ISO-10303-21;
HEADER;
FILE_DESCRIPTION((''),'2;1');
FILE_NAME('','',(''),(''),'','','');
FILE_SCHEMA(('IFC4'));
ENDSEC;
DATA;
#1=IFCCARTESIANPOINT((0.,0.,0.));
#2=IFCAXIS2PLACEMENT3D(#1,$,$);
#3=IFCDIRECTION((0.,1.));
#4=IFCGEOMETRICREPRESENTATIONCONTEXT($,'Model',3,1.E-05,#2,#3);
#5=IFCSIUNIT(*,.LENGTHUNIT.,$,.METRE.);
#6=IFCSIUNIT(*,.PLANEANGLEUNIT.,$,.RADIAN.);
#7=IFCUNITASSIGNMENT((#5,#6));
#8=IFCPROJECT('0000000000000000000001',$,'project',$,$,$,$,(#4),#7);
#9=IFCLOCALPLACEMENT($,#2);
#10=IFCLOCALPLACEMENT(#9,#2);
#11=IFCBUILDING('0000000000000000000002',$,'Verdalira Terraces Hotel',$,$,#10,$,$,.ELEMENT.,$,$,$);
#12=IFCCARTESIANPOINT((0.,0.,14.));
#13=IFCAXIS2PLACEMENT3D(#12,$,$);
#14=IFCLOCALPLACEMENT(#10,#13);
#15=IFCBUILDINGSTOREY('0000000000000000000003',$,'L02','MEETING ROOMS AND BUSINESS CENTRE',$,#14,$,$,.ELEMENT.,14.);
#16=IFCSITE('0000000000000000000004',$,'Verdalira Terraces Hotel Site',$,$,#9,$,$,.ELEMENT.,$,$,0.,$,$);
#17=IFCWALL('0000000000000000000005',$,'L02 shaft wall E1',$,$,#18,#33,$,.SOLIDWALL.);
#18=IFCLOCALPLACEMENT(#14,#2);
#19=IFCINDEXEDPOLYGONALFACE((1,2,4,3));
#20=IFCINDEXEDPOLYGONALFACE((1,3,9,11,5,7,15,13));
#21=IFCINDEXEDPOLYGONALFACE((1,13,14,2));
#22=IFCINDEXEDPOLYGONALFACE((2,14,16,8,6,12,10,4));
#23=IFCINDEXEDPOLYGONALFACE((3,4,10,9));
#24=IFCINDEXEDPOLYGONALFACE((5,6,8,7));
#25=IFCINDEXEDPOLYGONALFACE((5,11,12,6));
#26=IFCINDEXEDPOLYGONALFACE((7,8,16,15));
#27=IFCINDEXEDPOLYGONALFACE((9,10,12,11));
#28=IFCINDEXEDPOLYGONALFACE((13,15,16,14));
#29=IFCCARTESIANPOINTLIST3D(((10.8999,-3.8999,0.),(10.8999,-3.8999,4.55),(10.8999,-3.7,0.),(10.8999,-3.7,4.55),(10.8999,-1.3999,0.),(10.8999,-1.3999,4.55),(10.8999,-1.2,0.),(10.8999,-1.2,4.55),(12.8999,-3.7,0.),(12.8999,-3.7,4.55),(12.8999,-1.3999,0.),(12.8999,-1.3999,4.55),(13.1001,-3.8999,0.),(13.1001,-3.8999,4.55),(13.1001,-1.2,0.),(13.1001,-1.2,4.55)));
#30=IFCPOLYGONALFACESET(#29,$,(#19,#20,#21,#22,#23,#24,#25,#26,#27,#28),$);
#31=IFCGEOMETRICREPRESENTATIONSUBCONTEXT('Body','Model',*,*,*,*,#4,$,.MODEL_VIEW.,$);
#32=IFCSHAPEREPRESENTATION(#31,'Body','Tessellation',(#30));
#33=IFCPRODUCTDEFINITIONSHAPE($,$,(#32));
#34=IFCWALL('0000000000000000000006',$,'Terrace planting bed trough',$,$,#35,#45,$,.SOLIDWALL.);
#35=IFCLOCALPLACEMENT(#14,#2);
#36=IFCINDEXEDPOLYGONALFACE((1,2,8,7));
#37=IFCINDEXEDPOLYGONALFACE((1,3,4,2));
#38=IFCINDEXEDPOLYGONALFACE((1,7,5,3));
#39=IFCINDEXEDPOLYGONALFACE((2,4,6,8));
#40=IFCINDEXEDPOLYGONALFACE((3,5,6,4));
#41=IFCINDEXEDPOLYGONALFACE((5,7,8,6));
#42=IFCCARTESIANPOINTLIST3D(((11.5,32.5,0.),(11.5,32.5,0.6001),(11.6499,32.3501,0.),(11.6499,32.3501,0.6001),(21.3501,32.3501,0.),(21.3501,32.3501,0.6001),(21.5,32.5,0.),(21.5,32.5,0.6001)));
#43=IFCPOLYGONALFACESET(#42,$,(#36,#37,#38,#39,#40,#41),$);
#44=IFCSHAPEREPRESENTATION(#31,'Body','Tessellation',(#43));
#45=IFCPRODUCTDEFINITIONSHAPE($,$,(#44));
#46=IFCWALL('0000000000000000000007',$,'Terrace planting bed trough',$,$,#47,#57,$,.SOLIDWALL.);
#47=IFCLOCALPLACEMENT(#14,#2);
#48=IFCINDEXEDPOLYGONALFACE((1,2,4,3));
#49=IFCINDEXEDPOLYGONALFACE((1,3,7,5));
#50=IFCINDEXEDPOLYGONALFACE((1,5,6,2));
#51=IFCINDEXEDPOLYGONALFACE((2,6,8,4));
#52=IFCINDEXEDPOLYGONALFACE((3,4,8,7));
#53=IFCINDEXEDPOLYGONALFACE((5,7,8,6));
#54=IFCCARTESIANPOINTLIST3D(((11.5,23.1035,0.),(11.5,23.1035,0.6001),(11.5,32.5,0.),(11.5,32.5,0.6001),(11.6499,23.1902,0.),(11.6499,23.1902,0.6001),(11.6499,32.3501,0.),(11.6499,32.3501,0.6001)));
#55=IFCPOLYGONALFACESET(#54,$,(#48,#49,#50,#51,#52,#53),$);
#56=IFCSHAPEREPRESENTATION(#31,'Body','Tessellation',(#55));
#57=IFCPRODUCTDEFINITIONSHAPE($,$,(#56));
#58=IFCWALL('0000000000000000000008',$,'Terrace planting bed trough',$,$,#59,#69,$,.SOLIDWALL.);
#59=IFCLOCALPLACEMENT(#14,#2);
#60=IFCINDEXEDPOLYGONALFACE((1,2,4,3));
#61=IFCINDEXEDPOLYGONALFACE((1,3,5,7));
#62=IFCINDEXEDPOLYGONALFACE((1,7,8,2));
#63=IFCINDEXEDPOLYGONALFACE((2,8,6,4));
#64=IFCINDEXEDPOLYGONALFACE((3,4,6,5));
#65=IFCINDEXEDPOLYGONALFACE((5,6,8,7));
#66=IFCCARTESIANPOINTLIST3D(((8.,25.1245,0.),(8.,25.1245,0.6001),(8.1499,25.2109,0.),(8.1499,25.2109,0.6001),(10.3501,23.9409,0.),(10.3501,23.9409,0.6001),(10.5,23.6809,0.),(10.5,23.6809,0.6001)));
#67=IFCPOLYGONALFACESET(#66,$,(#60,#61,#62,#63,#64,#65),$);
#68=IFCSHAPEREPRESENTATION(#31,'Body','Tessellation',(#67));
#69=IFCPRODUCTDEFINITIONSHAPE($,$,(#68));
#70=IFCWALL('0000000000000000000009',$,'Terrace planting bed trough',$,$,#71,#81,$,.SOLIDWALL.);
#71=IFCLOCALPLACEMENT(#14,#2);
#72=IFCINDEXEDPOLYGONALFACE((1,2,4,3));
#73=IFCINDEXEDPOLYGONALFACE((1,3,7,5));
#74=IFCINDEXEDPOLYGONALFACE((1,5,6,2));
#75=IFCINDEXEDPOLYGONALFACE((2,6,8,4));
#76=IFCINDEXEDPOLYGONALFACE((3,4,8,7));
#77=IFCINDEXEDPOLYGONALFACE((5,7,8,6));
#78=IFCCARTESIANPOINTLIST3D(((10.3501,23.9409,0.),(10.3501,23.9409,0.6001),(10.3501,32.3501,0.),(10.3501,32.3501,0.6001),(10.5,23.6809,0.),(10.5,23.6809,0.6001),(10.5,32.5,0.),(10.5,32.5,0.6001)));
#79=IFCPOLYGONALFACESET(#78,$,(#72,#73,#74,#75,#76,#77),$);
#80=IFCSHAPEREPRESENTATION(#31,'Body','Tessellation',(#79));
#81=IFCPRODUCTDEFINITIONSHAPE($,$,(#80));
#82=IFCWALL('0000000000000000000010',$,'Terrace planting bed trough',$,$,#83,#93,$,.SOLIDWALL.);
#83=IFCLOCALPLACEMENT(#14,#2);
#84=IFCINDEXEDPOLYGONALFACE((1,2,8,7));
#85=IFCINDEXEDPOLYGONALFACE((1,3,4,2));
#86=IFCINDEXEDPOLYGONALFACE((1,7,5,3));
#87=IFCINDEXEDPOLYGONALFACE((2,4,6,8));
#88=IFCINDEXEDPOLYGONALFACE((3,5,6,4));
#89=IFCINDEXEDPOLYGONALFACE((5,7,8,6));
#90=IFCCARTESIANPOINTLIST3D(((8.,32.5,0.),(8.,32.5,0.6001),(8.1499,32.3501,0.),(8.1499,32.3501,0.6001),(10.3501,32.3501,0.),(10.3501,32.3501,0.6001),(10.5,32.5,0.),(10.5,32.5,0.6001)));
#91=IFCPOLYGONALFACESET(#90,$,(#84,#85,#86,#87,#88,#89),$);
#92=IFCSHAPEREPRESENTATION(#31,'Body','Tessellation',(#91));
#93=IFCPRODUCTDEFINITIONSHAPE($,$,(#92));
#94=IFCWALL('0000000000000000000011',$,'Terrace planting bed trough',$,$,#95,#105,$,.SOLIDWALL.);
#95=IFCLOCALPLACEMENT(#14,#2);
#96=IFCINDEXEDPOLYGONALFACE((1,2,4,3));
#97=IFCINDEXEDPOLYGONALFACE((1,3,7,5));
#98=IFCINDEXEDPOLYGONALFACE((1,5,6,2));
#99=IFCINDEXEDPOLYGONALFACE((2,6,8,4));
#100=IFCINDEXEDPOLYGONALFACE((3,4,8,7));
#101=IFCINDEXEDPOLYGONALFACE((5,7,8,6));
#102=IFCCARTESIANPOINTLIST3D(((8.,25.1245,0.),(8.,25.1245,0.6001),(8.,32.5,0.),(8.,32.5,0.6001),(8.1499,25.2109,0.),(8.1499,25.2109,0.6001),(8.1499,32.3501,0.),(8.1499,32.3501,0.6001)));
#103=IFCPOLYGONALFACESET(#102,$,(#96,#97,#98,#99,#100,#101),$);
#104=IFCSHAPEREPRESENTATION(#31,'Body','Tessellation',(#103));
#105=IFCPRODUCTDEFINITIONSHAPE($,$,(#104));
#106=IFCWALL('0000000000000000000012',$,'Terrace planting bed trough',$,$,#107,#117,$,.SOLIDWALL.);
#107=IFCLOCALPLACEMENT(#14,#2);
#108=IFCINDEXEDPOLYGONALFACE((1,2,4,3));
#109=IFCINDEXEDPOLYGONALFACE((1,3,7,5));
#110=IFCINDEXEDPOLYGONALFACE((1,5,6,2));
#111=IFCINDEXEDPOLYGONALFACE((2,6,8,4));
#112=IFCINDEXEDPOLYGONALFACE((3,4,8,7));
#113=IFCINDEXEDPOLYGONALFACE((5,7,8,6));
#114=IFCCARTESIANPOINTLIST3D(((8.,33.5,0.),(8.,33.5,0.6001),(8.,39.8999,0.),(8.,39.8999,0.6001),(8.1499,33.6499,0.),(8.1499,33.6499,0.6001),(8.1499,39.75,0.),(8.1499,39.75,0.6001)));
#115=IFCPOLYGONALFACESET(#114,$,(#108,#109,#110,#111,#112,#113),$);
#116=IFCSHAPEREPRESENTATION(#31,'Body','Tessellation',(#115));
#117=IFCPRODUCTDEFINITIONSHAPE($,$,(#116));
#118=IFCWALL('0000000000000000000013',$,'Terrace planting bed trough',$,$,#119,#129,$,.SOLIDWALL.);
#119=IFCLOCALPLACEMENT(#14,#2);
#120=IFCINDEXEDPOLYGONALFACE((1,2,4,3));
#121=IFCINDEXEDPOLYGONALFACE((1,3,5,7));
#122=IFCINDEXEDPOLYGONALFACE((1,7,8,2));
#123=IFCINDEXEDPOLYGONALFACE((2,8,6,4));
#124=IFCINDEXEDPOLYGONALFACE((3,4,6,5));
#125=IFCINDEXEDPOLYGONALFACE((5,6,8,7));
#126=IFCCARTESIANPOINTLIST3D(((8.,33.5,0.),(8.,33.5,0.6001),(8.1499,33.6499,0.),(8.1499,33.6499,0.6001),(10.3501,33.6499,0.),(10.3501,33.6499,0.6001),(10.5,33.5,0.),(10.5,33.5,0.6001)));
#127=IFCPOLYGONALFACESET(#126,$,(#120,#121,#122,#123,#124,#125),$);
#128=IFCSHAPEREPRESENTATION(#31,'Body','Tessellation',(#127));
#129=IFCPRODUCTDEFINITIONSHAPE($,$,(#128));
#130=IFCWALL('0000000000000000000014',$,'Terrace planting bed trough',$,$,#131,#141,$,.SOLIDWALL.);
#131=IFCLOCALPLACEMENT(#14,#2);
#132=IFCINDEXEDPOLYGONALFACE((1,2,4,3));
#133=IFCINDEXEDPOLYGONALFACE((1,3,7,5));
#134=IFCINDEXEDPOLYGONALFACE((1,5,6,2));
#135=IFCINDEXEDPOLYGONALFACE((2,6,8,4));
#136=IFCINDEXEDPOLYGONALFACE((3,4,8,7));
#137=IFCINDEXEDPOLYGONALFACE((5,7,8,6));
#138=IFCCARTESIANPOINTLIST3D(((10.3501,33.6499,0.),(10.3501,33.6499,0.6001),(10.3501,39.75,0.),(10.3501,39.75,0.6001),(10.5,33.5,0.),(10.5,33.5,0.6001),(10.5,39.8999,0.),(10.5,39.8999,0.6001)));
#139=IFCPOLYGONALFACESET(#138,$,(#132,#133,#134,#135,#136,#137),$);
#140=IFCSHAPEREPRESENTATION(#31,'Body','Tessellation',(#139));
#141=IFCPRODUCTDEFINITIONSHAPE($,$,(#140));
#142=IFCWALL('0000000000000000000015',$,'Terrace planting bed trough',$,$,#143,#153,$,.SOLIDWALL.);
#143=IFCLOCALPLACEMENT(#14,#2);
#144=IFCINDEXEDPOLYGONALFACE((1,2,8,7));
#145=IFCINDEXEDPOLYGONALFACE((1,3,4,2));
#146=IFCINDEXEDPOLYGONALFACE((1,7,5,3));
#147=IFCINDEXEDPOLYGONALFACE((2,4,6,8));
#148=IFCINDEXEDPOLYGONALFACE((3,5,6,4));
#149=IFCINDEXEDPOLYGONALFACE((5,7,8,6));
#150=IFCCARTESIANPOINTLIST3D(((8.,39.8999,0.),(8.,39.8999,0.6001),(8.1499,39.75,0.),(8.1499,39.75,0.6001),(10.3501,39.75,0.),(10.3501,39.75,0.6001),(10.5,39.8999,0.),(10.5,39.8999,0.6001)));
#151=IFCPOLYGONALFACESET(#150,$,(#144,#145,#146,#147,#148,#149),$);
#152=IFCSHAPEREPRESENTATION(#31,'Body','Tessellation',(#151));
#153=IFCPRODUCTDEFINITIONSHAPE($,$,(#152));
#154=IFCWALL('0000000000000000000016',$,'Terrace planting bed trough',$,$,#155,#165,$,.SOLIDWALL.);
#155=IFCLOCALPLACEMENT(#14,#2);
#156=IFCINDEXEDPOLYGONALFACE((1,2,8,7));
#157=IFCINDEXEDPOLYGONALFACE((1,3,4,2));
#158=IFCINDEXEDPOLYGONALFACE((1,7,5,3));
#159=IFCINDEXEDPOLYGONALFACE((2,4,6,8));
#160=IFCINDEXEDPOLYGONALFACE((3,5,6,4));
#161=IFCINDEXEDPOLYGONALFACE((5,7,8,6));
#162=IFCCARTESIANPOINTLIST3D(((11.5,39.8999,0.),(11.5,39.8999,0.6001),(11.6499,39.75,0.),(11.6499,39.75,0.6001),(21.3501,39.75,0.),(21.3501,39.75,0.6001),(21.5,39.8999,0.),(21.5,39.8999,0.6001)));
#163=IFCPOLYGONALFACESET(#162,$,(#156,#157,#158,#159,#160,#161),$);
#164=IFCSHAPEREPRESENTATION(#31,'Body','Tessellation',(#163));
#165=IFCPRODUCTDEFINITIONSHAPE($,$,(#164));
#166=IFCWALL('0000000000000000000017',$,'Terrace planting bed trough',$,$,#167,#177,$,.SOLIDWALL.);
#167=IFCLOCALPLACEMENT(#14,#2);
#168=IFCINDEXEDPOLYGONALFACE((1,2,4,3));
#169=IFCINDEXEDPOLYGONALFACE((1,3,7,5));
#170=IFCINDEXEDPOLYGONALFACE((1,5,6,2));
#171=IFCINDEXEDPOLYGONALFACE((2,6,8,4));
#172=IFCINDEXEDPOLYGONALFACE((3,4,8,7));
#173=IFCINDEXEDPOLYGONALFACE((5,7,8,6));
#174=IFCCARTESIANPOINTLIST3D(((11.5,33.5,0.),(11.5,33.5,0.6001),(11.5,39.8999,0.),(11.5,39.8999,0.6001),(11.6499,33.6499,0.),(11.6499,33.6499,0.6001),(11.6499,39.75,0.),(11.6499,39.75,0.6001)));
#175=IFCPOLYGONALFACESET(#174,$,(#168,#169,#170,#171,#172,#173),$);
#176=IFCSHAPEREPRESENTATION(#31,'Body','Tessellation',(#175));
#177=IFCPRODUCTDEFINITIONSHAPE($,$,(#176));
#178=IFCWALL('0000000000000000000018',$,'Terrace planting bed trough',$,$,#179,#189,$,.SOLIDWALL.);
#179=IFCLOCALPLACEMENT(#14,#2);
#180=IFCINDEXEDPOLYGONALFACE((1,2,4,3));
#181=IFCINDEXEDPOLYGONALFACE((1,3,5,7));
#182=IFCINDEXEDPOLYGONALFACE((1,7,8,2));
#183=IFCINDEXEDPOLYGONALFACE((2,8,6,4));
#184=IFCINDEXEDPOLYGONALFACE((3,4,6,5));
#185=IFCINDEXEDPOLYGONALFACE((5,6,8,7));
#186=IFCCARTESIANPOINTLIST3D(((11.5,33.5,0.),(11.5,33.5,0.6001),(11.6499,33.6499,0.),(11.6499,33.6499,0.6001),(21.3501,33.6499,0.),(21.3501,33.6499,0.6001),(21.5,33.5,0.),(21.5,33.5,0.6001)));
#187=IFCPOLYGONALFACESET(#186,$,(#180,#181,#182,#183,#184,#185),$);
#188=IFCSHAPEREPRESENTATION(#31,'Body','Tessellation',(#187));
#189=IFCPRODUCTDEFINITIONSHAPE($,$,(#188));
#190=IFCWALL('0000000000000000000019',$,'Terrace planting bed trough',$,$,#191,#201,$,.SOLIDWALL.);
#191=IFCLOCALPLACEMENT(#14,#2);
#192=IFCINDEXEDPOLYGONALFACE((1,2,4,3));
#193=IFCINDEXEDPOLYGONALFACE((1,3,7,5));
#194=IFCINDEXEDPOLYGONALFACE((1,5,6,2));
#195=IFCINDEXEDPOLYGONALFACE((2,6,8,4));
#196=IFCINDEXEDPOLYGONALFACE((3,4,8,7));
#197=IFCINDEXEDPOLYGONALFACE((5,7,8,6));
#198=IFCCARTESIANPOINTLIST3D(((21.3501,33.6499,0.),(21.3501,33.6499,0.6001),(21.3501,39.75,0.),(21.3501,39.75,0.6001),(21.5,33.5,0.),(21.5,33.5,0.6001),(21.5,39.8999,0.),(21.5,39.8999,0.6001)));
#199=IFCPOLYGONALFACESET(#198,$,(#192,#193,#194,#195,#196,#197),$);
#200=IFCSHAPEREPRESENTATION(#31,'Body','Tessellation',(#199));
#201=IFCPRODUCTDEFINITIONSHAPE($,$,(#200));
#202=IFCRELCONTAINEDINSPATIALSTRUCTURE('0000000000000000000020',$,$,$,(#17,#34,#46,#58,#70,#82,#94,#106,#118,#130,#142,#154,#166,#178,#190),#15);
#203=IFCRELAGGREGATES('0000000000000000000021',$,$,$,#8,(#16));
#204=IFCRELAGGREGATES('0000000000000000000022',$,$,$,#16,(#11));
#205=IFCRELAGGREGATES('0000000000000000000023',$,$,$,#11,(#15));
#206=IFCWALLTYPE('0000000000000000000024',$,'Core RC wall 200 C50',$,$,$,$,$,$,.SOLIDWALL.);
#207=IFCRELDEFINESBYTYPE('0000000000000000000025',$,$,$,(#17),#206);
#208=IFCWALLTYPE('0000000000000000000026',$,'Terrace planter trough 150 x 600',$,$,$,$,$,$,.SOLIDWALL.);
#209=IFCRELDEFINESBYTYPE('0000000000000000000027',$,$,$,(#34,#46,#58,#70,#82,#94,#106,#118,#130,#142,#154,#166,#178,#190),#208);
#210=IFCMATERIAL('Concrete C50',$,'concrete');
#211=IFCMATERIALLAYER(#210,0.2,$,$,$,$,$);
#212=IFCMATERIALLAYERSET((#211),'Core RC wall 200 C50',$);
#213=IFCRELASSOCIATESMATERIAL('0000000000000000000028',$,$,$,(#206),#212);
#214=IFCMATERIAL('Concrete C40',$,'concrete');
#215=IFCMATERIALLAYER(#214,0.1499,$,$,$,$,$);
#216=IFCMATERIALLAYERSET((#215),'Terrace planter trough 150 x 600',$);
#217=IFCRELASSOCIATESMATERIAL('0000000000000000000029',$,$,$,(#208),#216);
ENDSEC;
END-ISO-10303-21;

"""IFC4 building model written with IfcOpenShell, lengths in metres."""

from ifc_helpers import new_model, si_unit, direction, frame, origin, place, context, subcontext, project, spatial, polyline, outline, extrude, material, layer, layer_set, type_object, element, save


model = new_model("IFC4")

# Units and contexts
model_context = context("Model", 3, precision=1e-05, world=origin(), true_north=direction((0.0, 1.0)))
body_context = subcontext(model_context, "Body", "Model", "MODEL_VIEW")
ifc_project = project(units=[si_unit("LENGTHUNIT", "METRE"), si_unit("PLANEANGLEUNIT", "RADIAN")], contexts=[model_context])

# Site, building, storey
site_placement = place(None, origin())
site = spatial("IfcSite", under=ifc_project, at=site_placement, Name="Verdalira Terraces Hotel Site", CompositionType="ELEMENT", RefElevation=0.0)
building_placement = place(site_placement, origin())
building = spatial("IfcBuilding", under=site, at=building_placement, Name="Verdalira Terraces Hotel", CompositionType="ELEMENT")
storey_placement = place(building_placement, frame((0.0, 0.0, 14.0)))
storey = spatial("IfcBuildingStorey", under=building, at=storey_placement, Name="L02", Description="MEETING ROOMS AND BUSINESS CENTRE", CompositionType="ELEMENT", Elevation=14.0)

# Walls
ifc_material_1 = material(Name="Concrete C50", Category="concrete")
ifc_layer_1 = layer(ifc_material_1, 0.2)
ifc_layer_set_1 = layer_set([ifc_layer_1], Name="Core RC wall 200 C50")
wall_type_1 = type_object("IfcWallType", Name="Core RC wall 200 C50", PredefinedType="SOLIDWALL", material=ifc_layer_set_1)
wall_1_placement = place(storey_placement, origin())
element("IfcWall", 1, at=wall_1_placement, inside=storey, type_object=wall_type_1, Name="L02 shaft wall E1", PredefinedType="SOLIDWALL", context=body_context, shape_type="SweptSolid", body=[
    extrude(outline(polyline([(13.1001, -3.8999), (10.8999, -3.8999), (10.8999, -3.7), (12.8999, -3.7), (12.8999, -1.3999), (10.8999, -1.3999), (10.8999, -1.2), (13.1001, -1.2), (13.1001, -3.8999)])), origin(), (0.0, 0.0, 1.0), 4.55),
])
ifc_material_2 = material(Name="Concrete C40", Category="concrete")
ifc_layer_2 = layer(ifc_material_2, 0.1499)
ifc_layer_set_2 = layer_set([ifc_layer_2], Name="Terrace planter trough 150 x 600")
wall_type_2 = type_object("IfcWallType", Name="Terrace planter trough 150 x 600", PredefinedType="SOLIDWALL", material=ifc_layer_set_2)
wall_2_placement = place(storey_placement, origin())
element("IfcWall", 2, at=wall_2_placement, inside=storey, type_object=wall_type_2, Name="Terrace planting bed trough", PredefinedType="SOLIDWALL", context=body_context, shape_type="SweptSolid", body=[
    extrude(outline(polyline([(21.5, 32.5), (11.5, 32.5), (11.6499, 32.3501), (21.3501, 32.3501), (21.5, 32.5)])), origin(), (0.0, 0.0, 1.0), 0.6001),
])
wall_3_placement = place(storey_placement, origin())
element("IfcWall", 3, at=wall_3_placement, inside=storey, type_object=wall_type_2, Name="Terrace planting bed trough", PredefinedType="SOLIDWALL", context=body_context, shape_type="SweptSolid", body=[
    extrude(outline(polyline([(11.5, 32.5), (11.5, 23.1035), (11.6499, 23.1902), (11.6499, 32.3501), (11.5, 32.5)])), origin(), (0.0, 0.0, 1.0), 0.6001),
])
wall_4_placement = place(storey_placement, origin())
element("IfcWall", 4, at=wall_4_placement, inside=storey, type_object=wall_type_2, Name="Terrace planting bed trough", PredefinedType="SOLIDWALL", context=body_context, shape_type="SweptSolid", body=[
    extrude(outline(polyline([(8.0, 25.1245), (10.5, 23.6809), (10.3501, 23.9409), (8.1499, 25.2109), (8.0, 25.1245)])), origin(), (0.0, 0.0, 1.0), 0.6001),
])
wall_5_placement = place(storey_placement, origin())
element("IfcWall", 5, at=wall_5_placement, inside=storey, type_object=wall_type_2, Name="Terrace planting bed trough", PredefinedType="SOLIDWALL", context=body_context, shape_type="SweptSolid", body=[
    extrude(outline(polyline([(10.5, 23.6809), (10.5, 32.5), (10.3501, 32.3501), (10.3501, 23.9409), (10.5, 23.6809)])), origin(), (0.0, 0.0, 1.0), 0.6001),
])
wall_6_placement = place(storey_placement, origin())
element("IfcWall", 6, at=wall_6_placement, inside=storey, type_object=wall_type_2, Name="Terrace planting bed trough", PredefinedType="SOLIDWALL", context=body_context, shape_type="SweptSolid", body=[
    extrude(outline(polyline([(10.5, 32.5), (8.0, 32.5), (8.1499, 32.3501), (10.3501, 32.3501), (10.5, 32.5)])), origin(), (0.0, 0.0, 1.0), 0.6001),
])
wall_7_placement = place(storey_placement, origin())
element("IfcWall", 7, at=wall_7_placement, inside=storey, type_object=wall_type_2, Name="Terrace planting bed trough", PredefinedType="SOLIDWALL", context=body_context, shape_type="SweptSolid", body=[
    extrude(outline(polyline([(8.0, 32.5), (8.0, 25.1245), (8.1499, 25.2109), (8.1499, 32.3501), (8.0, 32.5)])), origin(), (0.0, 0.0, 1.0), 0.6001),
])
wall_8_placement = place(storey_placement, origin())
element("IfcWall", 8, at=wall_8_placement, inside=storey, type_object=wall_type_2, Name="Terrace planting bed trough", PredefinedType="SOLIDWALL", context=body_context, shape_type="SweptSolid", body=[
    extrude(outline(polyline([(8.0, 39.8999), (8.0, 33.5), (8.1499, 33.6499), (8.1499, 39.75), (8.0, 39.8999)])), origin(), (0.0, 0.0, 1.0), 0.6001),
])
wall_9_placement = place(storey_placement, origin())
element("IfcWall", 9, at=wall_9_placement, inside=storey, type_object=wall_type_2, Name="Terrace planting bed trough", PredefinedType="SOLIDWALL", context=body_context, shape_type="SweptSolid", body=[
    extrude(outline(polyline([(8.0, 33.5), (10.5, 33.5), (10.3501, 33.6499), (8.1499, 33.6499), (8.0, 33.5)])), origin(), (0.0, 0.0, 1.0), 0.6001),
])
wall_10_placement = place(storey_placement, origin())
element("IfcWall", 10, at=wall_10_placement, inside=storey, type_object=wall_type_2, Name="Terrace planting bed trough", PredefinedType="SOLIDWALL", context=body_context, shape_type="SweptSolid", body=[
    extrude(outline(polyline([(10.5, 33.5), (10.5, 39.8999), (10.3501, 39.75), (10.3501, 33.6499), (10.5, 33.5)])), origin(), (0.0, 0.0, 1.0), 0.6001),
])
wall_11_placement = place(storey_placement, origin())
element("IfcWall", 11, at=wall_11_placement, inside=storey, type_object=wall_type_2, Name="Terrace planting bed trough", PredefinedType="SOLIDWALL", context=body_context, shape_type="SweptSolid", body=[
    extrude(outline(polyline([(10.5, 39.8999), (8.0, 39.8999), (8.1499, 39.75), (10.3501, 39.75), (10.5, 39.8999)])), origin(), (0.0, 0.0, 1.0), 0.6001),
])
wall_12_placement = place(storey_placement, origin())
element("IfcWall", 12, at=wall_12_placement, inside=storey, type_object=wall_type_2, Name="Terrace planting bed trough", PredefinedType="SOLIDWALL", context=body_context, shape_type="SweptSolid", body=[
    extrude(outline(polyline([(21.5, 39.8999), (11.5, 39.8999), (11.6499, 39.75), (21.3501, 39.75), (21.5, 39.8999)])), origin(), (0.0, 0.0, 1.0), 0.6001),
])
wall_13_placement = place(storey_placement, origin())
element("IfcWall", 13, at=wall_13_placement, inside=storey, type_object=wall_type_2, Name="Terrace planting bed trough", PredefinedType="SOLIDWALL", context=body_context, shape_type="SweptSolid", body=[
    extrude(outline(polyline([(11.5, 39.8999), (11.5, 33.5), (11.6499, 33.6499), (11.6499, 39.75), (11.5, 39.8999)])), origin(), (0.0, 0.0, 1.0), 0.6001),
])
wall_14_placement = place(storey_placement, origin())
element("IfcWall", 14, at=wall_14_placement, inside=storey, type_object=wall_type_2, Name="Terrace planting bed trough", PredefinedType="SOLIDWALL", context=body_context, shape_type="SweptSolid", body=[
    extrude(outline(polyline([(11.5, 33.5), (21.5, 33.5), (21.3501, 33.6499), (11.6499, 33.6499), (11.5, 33.5)])), origin(), (0.0, 0.0, 1.0), 0.6001),
])
wall_15_placement = place(storey_placement, origin())
element("IfcWall", 15, at=wall_15_placement, inside=storey, type_object=wall_type_2, Name="Terrace planting bed trough", PredefinedType="SOLIDWALL", context=body_context, shape_type="SweptSolid", body=[
    extrude(outline(polyline([(21.5, 33.5), (21.5, 39.8999), (21.3501, 39.75), (21.3501, 33.6499), (21.5, 33.5)])), origin(), (0.0, 0.0, 1.0), 0.6001),
])

save(model, "model.ifc")
